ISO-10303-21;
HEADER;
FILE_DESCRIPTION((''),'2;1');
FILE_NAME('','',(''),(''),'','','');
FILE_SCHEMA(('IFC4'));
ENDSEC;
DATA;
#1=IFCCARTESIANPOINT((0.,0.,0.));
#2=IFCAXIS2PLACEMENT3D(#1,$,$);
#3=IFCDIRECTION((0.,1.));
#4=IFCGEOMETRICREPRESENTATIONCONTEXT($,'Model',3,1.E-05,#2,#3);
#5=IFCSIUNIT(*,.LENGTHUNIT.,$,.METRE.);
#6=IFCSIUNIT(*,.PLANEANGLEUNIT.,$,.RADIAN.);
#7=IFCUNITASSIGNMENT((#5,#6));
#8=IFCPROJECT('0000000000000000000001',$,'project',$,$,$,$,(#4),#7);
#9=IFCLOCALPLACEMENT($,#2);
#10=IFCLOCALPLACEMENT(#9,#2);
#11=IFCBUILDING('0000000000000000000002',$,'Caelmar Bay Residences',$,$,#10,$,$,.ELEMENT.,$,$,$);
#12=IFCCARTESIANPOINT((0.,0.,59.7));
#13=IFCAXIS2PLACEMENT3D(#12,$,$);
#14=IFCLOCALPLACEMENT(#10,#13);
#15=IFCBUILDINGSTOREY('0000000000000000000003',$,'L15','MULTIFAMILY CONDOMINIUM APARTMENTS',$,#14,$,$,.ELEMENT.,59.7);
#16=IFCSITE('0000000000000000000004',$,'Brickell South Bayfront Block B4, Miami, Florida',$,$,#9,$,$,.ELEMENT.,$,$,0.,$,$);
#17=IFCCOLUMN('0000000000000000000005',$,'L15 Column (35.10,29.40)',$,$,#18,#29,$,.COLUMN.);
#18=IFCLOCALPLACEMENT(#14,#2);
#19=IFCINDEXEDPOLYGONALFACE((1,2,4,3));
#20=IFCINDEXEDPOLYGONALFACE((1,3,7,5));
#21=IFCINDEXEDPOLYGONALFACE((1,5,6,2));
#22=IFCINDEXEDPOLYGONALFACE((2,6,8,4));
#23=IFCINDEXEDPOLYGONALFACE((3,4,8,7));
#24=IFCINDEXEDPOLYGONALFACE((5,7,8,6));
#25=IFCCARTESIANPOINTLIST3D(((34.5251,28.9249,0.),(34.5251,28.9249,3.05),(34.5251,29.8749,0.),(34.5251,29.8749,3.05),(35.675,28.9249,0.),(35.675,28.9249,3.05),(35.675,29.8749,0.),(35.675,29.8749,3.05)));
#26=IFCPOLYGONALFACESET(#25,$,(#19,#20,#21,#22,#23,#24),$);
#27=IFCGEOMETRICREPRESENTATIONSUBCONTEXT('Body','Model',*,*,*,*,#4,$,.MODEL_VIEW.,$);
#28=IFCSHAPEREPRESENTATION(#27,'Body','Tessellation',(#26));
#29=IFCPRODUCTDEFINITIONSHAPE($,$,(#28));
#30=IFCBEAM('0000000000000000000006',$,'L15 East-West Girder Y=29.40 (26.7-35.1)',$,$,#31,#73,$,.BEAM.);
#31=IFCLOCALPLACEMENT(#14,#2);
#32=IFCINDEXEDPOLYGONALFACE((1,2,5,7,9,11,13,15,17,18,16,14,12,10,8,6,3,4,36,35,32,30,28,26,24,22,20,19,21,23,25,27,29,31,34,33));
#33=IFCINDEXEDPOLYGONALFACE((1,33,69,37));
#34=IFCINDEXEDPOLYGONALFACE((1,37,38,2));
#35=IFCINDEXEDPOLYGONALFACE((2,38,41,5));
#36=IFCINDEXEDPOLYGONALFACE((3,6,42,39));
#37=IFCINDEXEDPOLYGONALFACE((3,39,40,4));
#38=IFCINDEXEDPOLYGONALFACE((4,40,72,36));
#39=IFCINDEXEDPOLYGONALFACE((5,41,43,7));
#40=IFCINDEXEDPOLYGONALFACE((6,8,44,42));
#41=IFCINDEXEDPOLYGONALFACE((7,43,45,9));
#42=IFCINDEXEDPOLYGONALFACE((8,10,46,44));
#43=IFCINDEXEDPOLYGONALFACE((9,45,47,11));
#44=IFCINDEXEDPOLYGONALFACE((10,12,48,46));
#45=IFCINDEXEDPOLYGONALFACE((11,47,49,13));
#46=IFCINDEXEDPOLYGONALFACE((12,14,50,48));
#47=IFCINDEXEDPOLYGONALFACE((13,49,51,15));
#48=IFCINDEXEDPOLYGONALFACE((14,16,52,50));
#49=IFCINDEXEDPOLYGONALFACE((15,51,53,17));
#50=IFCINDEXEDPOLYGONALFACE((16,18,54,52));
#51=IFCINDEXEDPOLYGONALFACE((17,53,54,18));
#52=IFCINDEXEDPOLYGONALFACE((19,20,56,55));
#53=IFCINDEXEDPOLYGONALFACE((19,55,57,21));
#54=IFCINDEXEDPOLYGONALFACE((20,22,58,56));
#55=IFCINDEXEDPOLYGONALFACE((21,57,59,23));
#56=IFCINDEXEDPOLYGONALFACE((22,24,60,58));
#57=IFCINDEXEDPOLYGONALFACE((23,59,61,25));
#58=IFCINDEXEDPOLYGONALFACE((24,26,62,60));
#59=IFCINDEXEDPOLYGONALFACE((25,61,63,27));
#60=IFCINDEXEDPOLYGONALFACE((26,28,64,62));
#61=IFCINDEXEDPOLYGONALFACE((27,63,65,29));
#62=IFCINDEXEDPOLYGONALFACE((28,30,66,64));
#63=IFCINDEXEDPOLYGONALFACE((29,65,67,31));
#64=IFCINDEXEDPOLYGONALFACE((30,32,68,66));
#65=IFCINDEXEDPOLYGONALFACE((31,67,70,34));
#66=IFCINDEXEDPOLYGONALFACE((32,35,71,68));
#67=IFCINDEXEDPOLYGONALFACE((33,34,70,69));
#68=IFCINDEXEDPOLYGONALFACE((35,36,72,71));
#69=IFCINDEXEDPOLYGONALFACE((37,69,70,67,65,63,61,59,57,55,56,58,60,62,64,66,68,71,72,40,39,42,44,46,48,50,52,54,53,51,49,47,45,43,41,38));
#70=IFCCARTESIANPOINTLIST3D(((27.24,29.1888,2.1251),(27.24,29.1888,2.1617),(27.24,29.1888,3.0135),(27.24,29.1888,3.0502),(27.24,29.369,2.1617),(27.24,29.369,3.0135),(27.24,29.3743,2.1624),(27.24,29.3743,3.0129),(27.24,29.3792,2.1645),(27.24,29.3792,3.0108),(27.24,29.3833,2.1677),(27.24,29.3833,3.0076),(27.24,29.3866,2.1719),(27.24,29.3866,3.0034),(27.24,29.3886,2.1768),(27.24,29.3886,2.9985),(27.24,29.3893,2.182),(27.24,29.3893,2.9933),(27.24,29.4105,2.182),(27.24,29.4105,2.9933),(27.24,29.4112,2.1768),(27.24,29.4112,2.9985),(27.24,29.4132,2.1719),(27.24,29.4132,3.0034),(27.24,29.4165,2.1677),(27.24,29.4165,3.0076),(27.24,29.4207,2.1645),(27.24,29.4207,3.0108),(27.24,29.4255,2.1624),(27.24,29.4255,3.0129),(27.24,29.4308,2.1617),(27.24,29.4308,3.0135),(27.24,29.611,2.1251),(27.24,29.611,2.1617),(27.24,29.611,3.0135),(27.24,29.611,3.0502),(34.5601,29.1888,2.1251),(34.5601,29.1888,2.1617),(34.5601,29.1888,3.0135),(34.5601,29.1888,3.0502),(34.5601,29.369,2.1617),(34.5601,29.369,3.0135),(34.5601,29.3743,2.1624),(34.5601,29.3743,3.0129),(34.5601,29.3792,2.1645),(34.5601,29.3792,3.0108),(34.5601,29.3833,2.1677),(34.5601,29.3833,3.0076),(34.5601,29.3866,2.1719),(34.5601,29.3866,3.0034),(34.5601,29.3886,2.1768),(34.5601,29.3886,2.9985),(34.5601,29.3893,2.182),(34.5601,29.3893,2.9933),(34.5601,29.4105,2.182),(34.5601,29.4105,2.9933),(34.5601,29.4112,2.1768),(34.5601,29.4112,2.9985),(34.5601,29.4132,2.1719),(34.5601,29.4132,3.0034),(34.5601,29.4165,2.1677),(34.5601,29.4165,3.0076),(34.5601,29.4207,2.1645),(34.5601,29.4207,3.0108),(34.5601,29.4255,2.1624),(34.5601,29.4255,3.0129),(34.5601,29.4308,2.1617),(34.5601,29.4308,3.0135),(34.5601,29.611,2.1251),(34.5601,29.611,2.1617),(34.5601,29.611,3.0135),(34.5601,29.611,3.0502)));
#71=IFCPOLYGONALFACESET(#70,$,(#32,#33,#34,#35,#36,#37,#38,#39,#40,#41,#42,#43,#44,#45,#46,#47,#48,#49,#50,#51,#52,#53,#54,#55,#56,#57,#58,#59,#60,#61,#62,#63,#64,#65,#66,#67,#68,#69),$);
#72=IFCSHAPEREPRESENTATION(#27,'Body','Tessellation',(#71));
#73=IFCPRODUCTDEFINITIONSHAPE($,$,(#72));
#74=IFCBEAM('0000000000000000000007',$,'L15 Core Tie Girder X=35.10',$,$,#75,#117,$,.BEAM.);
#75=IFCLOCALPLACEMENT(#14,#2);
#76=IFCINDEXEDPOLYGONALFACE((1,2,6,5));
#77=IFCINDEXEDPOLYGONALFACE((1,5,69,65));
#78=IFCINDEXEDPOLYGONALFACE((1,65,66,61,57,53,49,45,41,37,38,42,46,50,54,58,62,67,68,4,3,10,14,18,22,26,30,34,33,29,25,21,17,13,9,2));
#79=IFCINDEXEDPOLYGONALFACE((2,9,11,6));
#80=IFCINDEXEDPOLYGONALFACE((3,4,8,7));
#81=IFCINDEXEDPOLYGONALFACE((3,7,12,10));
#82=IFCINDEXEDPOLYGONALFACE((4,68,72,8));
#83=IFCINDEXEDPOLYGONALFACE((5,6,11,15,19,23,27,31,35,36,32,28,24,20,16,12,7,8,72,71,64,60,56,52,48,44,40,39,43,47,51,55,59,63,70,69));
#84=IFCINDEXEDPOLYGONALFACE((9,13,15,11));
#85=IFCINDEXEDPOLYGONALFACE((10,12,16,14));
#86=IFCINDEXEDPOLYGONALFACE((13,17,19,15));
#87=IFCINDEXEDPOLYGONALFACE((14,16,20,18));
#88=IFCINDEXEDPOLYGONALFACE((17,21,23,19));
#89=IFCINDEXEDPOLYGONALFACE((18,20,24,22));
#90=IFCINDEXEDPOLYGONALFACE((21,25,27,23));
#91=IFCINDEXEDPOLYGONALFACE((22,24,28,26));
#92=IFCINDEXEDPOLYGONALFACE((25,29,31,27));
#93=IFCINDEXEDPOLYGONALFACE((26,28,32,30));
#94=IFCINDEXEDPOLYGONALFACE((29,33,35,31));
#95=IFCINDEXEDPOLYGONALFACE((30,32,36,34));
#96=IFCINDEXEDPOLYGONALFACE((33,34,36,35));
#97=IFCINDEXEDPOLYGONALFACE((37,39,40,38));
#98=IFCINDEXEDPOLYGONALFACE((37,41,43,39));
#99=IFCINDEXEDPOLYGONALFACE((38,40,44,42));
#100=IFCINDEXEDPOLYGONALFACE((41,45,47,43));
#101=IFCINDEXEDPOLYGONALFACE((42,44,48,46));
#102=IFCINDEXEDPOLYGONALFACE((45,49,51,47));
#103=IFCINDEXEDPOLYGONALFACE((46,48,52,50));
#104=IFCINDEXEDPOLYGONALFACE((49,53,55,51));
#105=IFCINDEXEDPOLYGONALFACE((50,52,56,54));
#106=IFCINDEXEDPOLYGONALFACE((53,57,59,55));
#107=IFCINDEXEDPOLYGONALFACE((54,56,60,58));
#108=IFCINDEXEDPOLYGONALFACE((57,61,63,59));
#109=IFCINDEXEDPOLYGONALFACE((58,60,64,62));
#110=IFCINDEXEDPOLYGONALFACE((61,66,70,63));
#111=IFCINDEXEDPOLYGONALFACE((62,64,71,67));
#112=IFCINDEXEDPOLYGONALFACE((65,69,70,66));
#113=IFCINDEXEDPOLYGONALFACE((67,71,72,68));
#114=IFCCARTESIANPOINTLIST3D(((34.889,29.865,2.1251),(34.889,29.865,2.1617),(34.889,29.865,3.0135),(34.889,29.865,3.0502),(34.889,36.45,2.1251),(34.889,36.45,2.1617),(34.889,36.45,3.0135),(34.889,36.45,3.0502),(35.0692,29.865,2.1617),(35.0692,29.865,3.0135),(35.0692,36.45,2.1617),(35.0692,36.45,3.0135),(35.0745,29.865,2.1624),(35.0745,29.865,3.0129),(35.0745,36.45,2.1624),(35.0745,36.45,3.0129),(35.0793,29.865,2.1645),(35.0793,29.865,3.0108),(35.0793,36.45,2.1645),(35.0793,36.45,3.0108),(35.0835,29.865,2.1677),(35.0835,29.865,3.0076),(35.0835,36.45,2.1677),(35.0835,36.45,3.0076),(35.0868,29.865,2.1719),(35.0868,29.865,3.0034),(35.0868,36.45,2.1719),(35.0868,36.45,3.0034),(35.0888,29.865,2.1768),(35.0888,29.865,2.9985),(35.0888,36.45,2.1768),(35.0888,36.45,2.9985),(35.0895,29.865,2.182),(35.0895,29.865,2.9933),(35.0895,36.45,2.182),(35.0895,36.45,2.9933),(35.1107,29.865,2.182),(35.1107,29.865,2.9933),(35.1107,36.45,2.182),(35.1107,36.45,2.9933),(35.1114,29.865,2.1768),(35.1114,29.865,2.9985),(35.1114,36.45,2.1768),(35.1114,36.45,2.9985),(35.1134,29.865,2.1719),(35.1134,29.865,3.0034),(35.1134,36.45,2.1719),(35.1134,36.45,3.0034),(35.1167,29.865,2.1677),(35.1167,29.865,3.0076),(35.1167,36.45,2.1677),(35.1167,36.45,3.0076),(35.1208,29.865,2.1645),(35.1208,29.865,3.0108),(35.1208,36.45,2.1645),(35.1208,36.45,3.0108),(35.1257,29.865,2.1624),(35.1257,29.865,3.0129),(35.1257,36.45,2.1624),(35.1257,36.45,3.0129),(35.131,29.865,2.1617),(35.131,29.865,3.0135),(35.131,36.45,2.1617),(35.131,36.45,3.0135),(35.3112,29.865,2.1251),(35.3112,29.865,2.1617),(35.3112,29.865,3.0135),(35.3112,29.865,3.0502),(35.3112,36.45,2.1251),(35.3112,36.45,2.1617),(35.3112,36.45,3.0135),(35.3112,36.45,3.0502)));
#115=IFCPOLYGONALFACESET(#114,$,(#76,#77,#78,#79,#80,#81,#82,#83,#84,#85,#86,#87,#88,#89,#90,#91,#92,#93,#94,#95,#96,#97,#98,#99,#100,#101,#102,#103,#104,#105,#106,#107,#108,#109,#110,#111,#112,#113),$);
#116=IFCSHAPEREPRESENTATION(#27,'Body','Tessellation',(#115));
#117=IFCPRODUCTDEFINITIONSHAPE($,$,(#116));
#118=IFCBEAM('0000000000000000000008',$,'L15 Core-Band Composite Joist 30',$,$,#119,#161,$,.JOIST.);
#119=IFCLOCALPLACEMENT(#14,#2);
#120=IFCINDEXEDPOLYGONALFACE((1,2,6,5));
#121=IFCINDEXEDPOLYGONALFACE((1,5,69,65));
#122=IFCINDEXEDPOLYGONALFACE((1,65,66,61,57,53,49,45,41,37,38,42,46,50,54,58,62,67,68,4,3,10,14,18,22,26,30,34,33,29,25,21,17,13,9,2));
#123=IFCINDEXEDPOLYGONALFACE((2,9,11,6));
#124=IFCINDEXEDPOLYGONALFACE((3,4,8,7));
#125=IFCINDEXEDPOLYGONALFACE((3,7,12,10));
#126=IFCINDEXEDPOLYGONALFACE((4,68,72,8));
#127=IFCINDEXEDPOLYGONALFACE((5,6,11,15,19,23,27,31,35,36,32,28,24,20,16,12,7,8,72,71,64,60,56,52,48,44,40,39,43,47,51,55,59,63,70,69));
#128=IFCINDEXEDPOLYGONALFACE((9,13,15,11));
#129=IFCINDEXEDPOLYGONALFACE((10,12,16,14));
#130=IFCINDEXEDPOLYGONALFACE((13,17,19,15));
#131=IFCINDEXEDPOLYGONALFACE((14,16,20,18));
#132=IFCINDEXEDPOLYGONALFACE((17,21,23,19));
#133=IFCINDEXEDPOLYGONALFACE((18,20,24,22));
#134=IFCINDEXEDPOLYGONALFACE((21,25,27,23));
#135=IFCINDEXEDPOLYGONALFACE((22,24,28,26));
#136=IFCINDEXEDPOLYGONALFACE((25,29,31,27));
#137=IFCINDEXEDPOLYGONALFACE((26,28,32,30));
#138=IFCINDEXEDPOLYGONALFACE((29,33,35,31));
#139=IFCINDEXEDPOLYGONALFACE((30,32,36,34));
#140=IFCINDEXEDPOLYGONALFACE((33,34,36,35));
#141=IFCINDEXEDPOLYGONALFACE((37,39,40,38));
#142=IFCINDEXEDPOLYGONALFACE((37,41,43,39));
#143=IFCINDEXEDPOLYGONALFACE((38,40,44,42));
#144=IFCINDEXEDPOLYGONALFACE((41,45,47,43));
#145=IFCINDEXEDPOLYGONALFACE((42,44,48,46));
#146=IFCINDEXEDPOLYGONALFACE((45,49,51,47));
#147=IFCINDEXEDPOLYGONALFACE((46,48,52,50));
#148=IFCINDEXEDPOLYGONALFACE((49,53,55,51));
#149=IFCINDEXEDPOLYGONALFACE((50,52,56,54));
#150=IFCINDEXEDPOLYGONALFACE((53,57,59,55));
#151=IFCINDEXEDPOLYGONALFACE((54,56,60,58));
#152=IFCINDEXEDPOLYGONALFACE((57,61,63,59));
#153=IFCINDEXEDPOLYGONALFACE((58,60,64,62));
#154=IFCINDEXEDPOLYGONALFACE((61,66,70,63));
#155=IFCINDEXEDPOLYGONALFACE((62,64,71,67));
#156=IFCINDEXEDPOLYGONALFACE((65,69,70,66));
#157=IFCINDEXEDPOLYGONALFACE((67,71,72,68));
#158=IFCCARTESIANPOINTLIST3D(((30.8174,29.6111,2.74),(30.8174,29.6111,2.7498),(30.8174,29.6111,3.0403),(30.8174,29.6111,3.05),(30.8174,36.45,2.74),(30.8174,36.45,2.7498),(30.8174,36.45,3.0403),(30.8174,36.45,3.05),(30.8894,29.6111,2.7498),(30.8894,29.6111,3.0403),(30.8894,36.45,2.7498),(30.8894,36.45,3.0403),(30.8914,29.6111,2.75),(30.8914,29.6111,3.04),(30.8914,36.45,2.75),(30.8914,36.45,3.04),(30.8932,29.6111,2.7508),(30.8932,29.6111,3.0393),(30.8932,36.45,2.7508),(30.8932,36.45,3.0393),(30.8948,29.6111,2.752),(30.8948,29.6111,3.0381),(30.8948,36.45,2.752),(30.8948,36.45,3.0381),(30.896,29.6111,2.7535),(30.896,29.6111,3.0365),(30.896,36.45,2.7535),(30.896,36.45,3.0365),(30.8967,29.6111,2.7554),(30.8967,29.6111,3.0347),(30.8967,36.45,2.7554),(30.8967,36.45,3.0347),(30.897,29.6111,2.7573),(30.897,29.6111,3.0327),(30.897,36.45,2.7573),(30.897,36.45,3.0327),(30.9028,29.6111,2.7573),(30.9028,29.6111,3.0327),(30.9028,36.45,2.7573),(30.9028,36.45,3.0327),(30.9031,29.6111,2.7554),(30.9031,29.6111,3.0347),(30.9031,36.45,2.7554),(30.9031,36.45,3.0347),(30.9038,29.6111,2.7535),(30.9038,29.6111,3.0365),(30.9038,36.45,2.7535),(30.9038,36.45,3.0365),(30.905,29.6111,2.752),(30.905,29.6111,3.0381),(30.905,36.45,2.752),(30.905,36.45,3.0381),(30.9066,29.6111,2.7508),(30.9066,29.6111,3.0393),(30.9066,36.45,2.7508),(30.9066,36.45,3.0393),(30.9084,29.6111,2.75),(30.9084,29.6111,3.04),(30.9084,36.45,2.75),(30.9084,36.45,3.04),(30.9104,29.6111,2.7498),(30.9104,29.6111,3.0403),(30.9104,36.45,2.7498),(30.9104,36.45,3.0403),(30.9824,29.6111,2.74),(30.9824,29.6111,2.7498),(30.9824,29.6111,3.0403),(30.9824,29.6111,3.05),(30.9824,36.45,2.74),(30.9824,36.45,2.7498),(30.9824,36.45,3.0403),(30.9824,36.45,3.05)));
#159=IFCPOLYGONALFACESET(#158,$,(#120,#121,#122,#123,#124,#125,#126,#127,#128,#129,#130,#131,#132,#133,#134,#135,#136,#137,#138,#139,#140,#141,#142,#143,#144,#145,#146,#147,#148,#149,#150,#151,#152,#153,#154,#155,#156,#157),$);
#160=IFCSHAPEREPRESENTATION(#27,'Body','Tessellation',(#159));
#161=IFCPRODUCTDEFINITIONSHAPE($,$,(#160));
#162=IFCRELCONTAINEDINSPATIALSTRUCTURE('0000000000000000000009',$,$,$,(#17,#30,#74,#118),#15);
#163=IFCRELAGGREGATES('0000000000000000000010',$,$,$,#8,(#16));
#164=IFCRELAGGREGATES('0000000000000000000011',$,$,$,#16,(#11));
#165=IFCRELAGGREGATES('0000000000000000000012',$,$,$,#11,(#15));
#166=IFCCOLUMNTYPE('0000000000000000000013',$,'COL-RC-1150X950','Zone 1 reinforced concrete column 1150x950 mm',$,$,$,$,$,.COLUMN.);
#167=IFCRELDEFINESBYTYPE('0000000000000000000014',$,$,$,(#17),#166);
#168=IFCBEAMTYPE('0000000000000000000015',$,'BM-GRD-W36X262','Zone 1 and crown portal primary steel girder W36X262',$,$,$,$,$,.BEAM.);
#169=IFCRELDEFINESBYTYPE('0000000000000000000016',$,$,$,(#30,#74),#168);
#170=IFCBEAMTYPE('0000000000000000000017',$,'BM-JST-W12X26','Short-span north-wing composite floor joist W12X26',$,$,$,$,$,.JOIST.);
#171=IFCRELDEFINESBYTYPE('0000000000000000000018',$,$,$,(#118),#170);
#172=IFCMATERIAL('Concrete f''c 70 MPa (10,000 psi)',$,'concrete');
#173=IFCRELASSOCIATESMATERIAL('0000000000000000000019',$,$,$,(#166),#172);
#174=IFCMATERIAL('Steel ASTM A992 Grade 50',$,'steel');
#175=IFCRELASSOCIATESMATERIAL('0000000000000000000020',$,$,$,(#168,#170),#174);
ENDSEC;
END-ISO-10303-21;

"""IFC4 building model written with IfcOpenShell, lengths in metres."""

from ifc_helpers import new_model, si_unit, direction, frame, origin, origin_2d, place, context, subcontext, project, spatial, rectangle, i_section, extrude, material, material_profile, profile_set, type_object, element, save


model = new_model("IFC4")

# Units and contexts
model_context = context("Model", 3, precision=1e-05, world=origin(), true_north=direction((0.0, 1.0)))
body_context = subcontext(model_context, "Body", "Model", "MODEL_VIEW")
ifc_project = project(units=[si_unit("LENGTHUNIT", "METRE"), si_unit("PLANEANGLEUNIT", "RADIAN")], contexts=[model_context])

# Site, building, storey
site_placement = place(None, origin())
site = spatial("IfcSite", under=ifc_project, at=site_placement, Name="Brickell South Bayfront Block B4, Miami, Florida", CompositionType="ELEMENT", RefElevation=0.0)
building_placement = place(site_placement, origin())
building = spatial("IfcBuilding", under=site, at=building_placement, Name="Caelmar Bay Residences", CompositionType="ELEMENT")
storey_placement = place(building_placement, frame((0.0, 0.0, 59.7)))
storey = spatial("IfcBuildingStorey", under=building, at=storey_placement, Name="L15", Description="MULTIFAMILY CONDOMINIUM APARTMENTS", CompositionType="ELEMENT", Elevation=59.7)

# Column
ifc_material_1 = material(Name="Concrete f'c 70 MPa (10,000 psi)", Category="concrete")
ifc_material_profile_1 = material_profile(ifc_material_1, rectangle(XDim=1.1499, YDim=0.95, at=origin_2d()), Name="RC-COL-1150X950")
ifc_profile_set_1 = profile_set([ifc_material_profile_1], Name="Concrete f'c 70 MPa (10,000 psi)")
column_type = type_object("IfcColumnType", Name="COL-RC-1150X950", Description="Zone 1 reinforced concrete column 1150x950 mm", PredefinedType="COLUMN", material=ifc_profile_set_1)
column_placement = place(storey_placement, frame((35.1001, 29.3999, 0.0), z_axis=(0.0, 0.0, 1.0), x_axis=(1.0, 0.0, 0.0)))
element("IfcColumn", 1, at=column_placement, inside=storey, type_object=column_type, Name="L15 Column (35.10,29.40)", PredefinedType="COLUMN", context=body_context, shape_type="SweptSolid", body=[
    extrude(rectangle(XDim=1.1499, YDim=0.95, at=origin_2d()), origin(), (0.0, 0.0, 1.0), 3.05),
])

# Beams
ifc_material_2 = material(Name="Steel ASTM A992 Grade 50", Category="steel")
ifc_material_profile_2 = material_profile(ifc_material_2, i_section(OverallWidth=0.4221, OverallDepth=0.925, WebThickness=0.0212, FlangeThickness=0.0366, FilletRadius=0.0203, at=origin_2d()), Name="W36X262")
ifc_profile_set_2 = profile_set([ifc_material_profile_2], Name="Steel ASTM A992 Grade 50")
beam_type_1 = type_object("IfcBeamType", Name="BM-GRD-W36X262", Description="Zone 1 and crown portal primary steel girder W36X262", PredefinedType="BEAM", material=ifc_profile_set_2)
beam_1_placement = place(storey_placement, frame((27.24, 29.3999, 2.5876), z_axis=(1.0, 0.0, 0.0), x_axis=(0.0, 1.0, 0.0)))
element("IfcBeam", 2, at=beam_1_placement, inside=storey, type_object=beam_type_1, Name="L15 East-West Girder Y=29.40 (26.7-35.1)", PredefinedType="BEAM", context=body_context, shape_type="SweptSolid", body=[
    extrude(i_section(OverallWidth=0.4221, OverallDepth=0.925, WebThickness=0.0212, FlangeThickness=0.0366, FilletRadius=0.0203, at=origin_2d()), origin(), (0.0, 0.0, 1.0), 7.3201),
])
beam_2_placement = place(storey_placement, frame((35.1001, 29.865, 2.5876), z_axis=(0.0, 1.0, 0.0), x_axis=(-1.0, 0.0, 0.0)))
element("IfcBeam", 3, at=beam_2_placement, inside=storey, type_object=beam_type_1, Name="L15 Core Tie Girder X=35.10", PredefinedType="BEAM", context=body_context, shape_type="SweptSolid", body=[
    extrude(i_section(OverallWidth=0.4221, OverallDepth=0.925, WebThickness=0.0212, FlangeThickness=0.0366, FilletRadius=0.0203, at=origin_2d()), origin(), (0.0, 0.0, 1.0), 6.585),
])
ifc_material_profile_3 = material_profile(ifc_material_2, i_section(OverallWidth=0.165, OverallDepth=0.3101, WebThickness=0.0059, FlangeThickness=0.0098, FilletRadius=0.0076, at=origin_2d()), Name="W12X26")
ifc_profile_set_3 = profile_set([ifc_material_profile_3], Name="Steel ASTM A992 Grade 50")
beam_type_2 = type_object("IfcBeamType", Name="BM-JST-W12X26", Description="Short-span north-wing composite floor joist W12X26", PredefinedType="JOIST", material=ifc_profile_set_3)
beam_3_placement = place(storey_placement, frame((30.8999, 29.6111, 2.895), z_axis=(0.0, 1.0, 0.0), x_axis=(-1.0, 0.0, 0.0)))
element("IfcBeam", 4, at=beam_3_placement, inside=storey, type_object=beam_type_2, Name="L15 Core-Band Composite Joist 30", PredefinedType="JOIST", context=body_context, shape_type="SweptSolid", body=[
    extrude(i_section(OverallWidth=0.165, OverallDepth=0.3101, WebThickness=0.0059, FlangeThickness=0.0098, FilletRadius=0.0076, at=origin_2d()), origin(), (0.0, 0.0, 1.0), 6.8389),
])

save(model, "model.ifc")
